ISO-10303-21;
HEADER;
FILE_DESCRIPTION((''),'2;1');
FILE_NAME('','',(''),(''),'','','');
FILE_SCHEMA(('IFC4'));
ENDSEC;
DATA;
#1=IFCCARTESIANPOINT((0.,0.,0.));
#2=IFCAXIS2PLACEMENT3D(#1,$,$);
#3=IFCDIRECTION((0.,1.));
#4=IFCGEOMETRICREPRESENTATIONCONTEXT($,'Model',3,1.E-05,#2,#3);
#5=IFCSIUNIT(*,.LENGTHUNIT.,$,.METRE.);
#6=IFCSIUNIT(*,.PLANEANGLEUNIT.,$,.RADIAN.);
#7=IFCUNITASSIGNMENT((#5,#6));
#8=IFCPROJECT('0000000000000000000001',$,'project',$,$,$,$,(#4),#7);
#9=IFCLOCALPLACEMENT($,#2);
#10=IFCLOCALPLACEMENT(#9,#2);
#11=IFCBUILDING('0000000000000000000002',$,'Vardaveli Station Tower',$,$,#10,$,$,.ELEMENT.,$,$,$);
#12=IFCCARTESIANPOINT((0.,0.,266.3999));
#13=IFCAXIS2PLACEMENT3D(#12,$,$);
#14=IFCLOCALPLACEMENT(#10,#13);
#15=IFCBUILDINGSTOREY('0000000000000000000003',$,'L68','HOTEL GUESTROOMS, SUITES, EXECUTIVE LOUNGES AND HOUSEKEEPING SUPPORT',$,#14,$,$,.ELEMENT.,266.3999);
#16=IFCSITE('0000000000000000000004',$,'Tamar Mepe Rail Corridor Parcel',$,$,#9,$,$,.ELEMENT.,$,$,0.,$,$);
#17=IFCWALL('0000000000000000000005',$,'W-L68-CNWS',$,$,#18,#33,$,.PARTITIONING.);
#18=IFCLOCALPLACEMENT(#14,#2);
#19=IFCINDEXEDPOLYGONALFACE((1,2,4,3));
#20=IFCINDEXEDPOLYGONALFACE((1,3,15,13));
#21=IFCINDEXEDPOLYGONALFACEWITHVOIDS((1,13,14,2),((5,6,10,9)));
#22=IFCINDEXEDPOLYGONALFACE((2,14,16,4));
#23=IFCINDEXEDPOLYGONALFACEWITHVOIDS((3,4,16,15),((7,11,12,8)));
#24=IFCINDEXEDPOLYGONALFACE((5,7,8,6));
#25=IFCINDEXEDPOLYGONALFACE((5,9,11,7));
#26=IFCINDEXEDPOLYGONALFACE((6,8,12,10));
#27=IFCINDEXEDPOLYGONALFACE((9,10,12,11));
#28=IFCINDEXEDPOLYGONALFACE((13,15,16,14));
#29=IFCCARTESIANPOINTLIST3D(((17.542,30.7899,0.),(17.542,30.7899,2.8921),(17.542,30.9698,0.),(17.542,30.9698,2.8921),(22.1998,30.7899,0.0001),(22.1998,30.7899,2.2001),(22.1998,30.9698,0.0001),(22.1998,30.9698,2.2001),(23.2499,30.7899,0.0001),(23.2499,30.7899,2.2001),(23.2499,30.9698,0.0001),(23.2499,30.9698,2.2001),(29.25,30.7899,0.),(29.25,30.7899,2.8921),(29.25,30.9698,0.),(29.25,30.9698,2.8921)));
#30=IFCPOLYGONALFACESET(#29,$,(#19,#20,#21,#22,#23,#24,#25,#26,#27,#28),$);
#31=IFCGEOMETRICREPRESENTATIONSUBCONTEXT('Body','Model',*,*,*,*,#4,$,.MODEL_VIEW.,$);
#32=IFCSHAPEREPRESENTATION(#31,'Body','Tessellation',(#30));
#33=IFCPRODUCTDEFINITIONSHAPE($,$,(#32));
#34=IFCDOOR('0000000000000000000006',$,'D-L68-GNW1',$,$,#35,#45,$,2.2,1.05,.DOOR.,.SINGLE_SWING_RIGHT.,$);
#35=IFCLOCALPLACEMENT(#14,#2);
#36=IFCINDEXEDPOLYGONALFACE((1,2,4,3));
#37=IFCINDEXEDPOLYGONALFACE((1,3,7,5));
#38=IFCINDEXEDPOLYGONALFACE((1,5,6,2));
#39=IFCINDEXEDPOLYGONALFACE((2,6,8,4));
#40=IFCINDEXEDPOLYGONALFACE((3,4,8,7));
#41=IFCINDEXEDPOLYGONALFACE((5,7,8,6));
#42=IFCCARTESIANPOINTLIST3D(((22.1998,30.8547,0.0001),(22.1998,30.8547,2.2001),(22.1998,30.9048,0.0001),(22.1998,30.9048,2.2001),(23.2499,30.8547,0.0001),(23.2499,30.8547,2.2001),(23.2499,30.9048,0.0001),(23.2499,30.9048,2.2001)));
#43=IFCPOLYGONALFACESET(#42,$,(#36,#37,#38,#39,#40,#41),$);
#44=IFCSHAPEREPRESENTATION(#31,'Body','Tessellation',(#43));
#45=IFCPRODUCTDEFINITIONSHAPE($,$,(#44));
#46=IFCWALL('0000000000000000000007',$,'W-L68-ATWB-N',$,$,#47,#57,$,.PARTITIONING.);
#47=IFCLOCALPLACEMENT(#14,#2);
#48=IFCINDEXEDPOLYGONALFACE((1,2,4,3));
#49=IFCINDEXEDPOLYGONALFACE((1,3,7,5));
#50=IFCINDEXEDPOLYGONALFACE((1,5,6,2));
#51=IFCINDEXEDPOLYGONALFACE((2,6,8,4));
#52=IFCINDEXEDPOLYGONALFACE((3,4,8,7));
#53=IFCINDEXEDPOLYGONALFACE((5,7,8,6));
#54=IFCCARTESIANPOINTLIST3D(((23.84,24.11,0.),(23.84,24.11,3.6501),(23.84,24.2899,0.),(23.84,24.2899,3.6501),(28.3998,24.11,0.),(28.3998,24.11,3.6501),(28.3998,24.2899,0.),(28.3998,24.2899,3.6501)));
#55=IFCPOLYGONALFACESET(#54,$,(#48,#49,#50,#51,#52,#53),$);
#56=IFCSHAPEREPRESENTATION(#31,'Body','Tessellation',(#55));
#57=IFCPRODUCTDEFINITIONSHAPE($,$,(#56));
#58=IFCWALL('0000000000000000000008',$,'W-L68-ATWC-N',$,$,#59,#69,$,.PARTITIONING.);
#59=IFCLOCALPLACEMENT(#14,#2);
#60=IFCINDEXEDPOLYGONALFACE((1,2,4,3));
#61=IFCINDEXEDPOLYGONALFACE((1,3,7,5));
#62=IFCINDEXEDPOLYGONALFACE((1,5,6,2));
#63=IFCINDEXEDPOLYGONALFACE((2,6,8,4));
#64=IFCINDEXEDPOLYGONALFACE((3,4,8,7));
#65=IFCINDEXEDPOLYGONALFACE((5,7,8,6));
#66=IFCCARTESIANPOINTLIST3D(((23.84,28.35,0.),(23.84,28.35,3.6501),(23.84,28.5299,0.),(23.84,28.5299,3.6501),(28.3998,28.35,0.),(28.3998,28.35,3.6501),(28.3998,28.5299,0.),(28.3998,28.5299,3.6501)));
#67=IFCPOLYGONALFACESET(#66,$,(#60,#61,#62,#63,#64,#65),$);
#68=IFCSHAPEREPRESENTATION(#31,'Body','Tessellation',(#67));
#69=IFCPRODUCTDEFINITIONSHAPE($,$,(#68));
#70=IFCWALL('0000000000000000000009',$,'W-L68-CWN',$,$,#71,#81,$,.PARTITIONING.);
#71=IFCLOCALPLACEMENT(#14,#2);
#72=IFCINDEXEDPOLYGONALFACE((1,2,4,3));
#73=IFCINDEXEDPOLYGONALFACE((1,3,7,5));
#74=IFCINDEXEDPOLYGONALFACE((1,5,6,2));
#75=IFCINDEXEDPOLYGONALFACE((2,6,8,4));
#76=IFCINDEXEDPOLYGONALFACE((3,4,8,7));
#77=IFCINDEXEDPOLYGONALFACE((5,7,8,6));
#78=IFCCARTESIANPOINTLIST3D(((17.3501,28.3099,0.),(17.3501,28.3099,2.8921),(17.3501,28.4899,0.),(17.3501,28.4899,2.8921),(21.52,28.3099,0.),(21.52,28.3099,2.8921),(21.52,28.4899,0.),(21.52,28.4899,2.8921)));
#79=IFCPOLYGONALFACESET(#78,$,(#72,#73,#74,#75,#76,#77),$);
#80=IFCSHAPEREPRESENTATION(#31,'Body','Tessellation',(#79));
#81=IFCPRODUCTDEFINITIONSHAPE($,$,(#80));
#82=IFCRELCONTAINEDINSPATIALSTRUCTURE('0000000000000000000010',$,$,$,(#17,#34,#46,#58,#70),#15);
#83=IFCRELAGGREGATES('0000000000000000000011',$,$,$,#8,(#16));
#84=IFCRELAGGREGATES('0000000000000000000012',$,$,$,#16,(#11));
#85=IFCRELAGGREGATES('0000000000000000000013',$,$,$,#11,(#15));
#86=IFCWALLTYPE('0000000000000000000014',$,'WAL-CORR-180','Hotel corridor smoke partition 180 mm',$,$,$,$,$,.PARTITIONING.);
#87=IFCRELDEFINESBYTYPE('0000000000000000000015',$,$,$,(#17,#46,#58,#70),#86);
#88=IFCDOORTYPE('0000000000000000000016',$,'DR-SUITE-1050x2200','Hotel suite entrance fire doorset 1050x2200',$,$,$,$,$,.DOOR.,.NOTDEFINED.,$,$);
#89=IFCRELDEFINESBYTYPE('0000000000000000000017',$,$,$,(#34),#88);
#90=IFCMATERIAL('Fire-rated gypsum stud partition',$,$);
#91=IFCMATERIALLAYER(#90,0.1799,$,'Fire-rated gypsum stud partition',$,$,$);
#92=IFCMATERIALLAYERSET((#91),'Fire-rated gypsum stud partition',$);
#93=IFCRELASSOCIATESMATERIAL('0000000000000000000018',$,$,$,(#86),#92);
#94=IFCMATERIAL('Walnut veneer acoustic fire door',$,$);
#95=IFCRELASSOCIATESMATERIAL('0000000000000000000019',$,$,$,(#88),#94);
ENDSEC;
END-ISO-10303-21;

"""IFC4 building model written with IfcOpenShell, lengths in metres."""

from ifc_helpers import new_model, si_unit, direction, frame, frame_2d, origin, place, context, subcontext, project, spatial, rectangle, extrude, source, transform, mapped, material, layer, layer_set, type_object, element, fill, save


model = new_model("IFC4")

# Units and contexts
model_context = context("Model", 3, precision=1e-05, world=origin(), true_north=direction((0.0, 1.0)))
body_context = subcontext(model_context, "Body", "Model", "MODEL_VIEW")
ifc_project = project(units=[si_unit("LENGTHUNIT", "METRE"), si_unit("PLANEANGLEUNIT", "RADIAN")], contexts=[model_context])

# Site, building, storey
site_placement = place(None, origin())
site = spatial("IfcSite", under=ifc_project, at=site_placement, Name="Tamar Mepe Rail Corridor Parcel", CompositionType="ELEMENT", RefElevation=0.0)
building_placement = place(site_placement, origin())
building = spatial("IfcBuilding", under=site, at=building_placement, Name="Vardaveli Station Tower", CompositionType="ELEMENT")
storey_placement = place(building_placement, frame((0.0, 0.0, 266.3999)))
storey = spatial("IfcBuildingStorey", under=building, at=storey_placement, Name="L68", Description="HOTEL GUESTROOMS, SUITES, EXECUTIVE LOUNGES AND HOUSEKEEPING SUPPORT", CompositionType="ELEMENT", Elevation=266.3999)

# Wall, opening, door
ifc_material_1 = material(Name="Fire-rated gypsum stud partition")
ifc_layer_1 = layer(ifc_material_1, 0.1799, Name="Fire-rated gypsum stud partition")
ifc_layer_set_1 = layer_set([ifc_layer_1], Name="Fire-rated gypsum stud partition")
wall_type = type_object("IfcWallType", Name="WAL-CORR-180", Description="Hotel corridor smoke partition 180 mm", PredefinedType="PARTITIONING", material=ifc_layer_set_1)
shared_shape_1 = source(origin(), body_context, "Body", "SweptSolid", [
    extrude(rectangle(XDim=1.05, YDim=2.2, at=frame_2d((0.5249, 1.1001))), frame((0.0, 0.1001, 0.0), z_axis=(0.0, -1.0, 0.0), x_axis=(1.0, 0.0, 0.0)), (0.0, 0.0, 1.0), 0.2),
])
ifc_material_2 = material(Name="Walnut veneer acoustic fire door")
door_type = type_object("IfcDoorType", Name="DR-SUITE-1050x2200", Description="Hotel suite entrance fire doorset 1050x2200", OperationType="NOTDEFINED", PredefinedType="DOOR", material=ifc_material_2)
shared_shape_2 = source(origin(), body_context, "Body", "SweptSolid", [
    extrude(rectangle(XDim=1.05, YDim=2.2, at=frame_2d((0.5249, 1.1001))), frame((0.0, 0.0249, 0.0), z_axis=(0.0, -1.0, 0.0), x_axis=(1.0, 0.0, 0.0)), (0.0, 0.0, 1.0), 0.05),
])
shared_shape_3 = source(origin(), body_context, "Body", "SweptSolid", [
    extrude(rectangle(XDim=11.708, YDim=0.1799, at=frame_2d((5.854, 0.0))), origin(), (0.0, 0.0, 1.0), 2.8921),
])
wall_1_placement = place(storey_placement, frame((17.542, 30.8799, 0.0), z_axis=(0.0, 0.0, 1.0), x_axis=(1.0, 0.0, 0.0)))
wall_1 = element("IfcWall", 1, at=wall_1_placement, inside=storey, type_object=wall_type, Name="W-L68-CNWS", PredefinedType="PARTITIONING", context=body_context, shape_type="MappedRepresentation", body=[
    mapped(shared_shape_3, transform((0.0, 0.0, 0.0), scale=1.0)),
])
opening_1_placement = place(wall_1_placement, frame((4.658, 0.0, 0.0)))
opening_1 = element("IfcOpeningElement", 2, at=opening_1_placement, cuts=wall_1, PredefinedType="OPENING", context=body_context, shape_type="MappedRepresentation", body=[
    mapped(shared_shape_1, transform((0.0, 0.0, 0.0), scale=1.0)),
])
door_1_placement = place(opening_1_placement, origin())
door_1 = element("IfcDoor", 3, at=door_1_placement, inside=storey, type_object=door_type, Name="D-L68-GNW1", OperationType="SINGLE_SWING_RIGHT", OverallHeight=2.2, OverallWidth=1.05, PredefinedType="DOOR", context=body_context, shape_type="MappedRepresentation", body=[
    mapped(shared_shape_2, transform((0.0, 0.0, 0.0), scale=1.0)),
])
fill(opening_1, door_1)

# Walls
shared_shape_4 = source(origin(), body_context, "Body", "SweptSolid", [
    extrude(rectangle(XDim=4.5598, YDim=0.1799, at=frame_2d((2.2798, 0.0))), origin(), (0.0, 0.0, 1.0), 3.6501),
])
for number, where, z_axis, x_axis, name in (
    (4, (23.8401, 24.2, 0.0), (0.0, 0.0, 1.0), (1.0, 0.0, 0.0), "W-L68-ATWB-N"),
    (5, (23.8401, 28.4399, 0.0), (0.0, 0.0, 1.0), (1.0, 0.0, 0.0), "W-L68-ATWC-N"),
):
    element("IfcWall", number, at=place(storey_placement, frame(where, z_axis=z_axis, x_axis=x_axis)), inside=storey, type_object=wall_type, Name=name, PredefinedType="PARTITIONING", context=body_context, shape_type="MappedRepresentation", body=[
        mapped(shared_shape_4, transform((0.0, 0.0, 0.0), scale=1.0)),
    ])
shared_shape_5 = source(origin(), body_context, "Body", "SweptSolid", [
    extrude(rectangle(XDim=4.1699, YDim=0.1799, at=frame_2d((2.085, 0.0))), origin(), (0.0, 0.0, 1.0), 2.8921),
])
wall_2_placement = place(storey_placement, frame((17.3501, 28.3999, 0.0), z_axis=(0.0, 0.0, 1.0), x_axis=(1.0, 0.0, 0.0)))
element("IfcWall", 6, at=wall_2_placement, inside=storey, type_object=wall_type, Name="W-L68-CWN", PredefinedType="PARTITIONING", context=body_context, shape_type="MappedRepresentation", body=[
    mapped(shared_shape_5, transform((0.0, 0.0, 0.0), scale=1.0)),
])

save(model, "model.ifc")
